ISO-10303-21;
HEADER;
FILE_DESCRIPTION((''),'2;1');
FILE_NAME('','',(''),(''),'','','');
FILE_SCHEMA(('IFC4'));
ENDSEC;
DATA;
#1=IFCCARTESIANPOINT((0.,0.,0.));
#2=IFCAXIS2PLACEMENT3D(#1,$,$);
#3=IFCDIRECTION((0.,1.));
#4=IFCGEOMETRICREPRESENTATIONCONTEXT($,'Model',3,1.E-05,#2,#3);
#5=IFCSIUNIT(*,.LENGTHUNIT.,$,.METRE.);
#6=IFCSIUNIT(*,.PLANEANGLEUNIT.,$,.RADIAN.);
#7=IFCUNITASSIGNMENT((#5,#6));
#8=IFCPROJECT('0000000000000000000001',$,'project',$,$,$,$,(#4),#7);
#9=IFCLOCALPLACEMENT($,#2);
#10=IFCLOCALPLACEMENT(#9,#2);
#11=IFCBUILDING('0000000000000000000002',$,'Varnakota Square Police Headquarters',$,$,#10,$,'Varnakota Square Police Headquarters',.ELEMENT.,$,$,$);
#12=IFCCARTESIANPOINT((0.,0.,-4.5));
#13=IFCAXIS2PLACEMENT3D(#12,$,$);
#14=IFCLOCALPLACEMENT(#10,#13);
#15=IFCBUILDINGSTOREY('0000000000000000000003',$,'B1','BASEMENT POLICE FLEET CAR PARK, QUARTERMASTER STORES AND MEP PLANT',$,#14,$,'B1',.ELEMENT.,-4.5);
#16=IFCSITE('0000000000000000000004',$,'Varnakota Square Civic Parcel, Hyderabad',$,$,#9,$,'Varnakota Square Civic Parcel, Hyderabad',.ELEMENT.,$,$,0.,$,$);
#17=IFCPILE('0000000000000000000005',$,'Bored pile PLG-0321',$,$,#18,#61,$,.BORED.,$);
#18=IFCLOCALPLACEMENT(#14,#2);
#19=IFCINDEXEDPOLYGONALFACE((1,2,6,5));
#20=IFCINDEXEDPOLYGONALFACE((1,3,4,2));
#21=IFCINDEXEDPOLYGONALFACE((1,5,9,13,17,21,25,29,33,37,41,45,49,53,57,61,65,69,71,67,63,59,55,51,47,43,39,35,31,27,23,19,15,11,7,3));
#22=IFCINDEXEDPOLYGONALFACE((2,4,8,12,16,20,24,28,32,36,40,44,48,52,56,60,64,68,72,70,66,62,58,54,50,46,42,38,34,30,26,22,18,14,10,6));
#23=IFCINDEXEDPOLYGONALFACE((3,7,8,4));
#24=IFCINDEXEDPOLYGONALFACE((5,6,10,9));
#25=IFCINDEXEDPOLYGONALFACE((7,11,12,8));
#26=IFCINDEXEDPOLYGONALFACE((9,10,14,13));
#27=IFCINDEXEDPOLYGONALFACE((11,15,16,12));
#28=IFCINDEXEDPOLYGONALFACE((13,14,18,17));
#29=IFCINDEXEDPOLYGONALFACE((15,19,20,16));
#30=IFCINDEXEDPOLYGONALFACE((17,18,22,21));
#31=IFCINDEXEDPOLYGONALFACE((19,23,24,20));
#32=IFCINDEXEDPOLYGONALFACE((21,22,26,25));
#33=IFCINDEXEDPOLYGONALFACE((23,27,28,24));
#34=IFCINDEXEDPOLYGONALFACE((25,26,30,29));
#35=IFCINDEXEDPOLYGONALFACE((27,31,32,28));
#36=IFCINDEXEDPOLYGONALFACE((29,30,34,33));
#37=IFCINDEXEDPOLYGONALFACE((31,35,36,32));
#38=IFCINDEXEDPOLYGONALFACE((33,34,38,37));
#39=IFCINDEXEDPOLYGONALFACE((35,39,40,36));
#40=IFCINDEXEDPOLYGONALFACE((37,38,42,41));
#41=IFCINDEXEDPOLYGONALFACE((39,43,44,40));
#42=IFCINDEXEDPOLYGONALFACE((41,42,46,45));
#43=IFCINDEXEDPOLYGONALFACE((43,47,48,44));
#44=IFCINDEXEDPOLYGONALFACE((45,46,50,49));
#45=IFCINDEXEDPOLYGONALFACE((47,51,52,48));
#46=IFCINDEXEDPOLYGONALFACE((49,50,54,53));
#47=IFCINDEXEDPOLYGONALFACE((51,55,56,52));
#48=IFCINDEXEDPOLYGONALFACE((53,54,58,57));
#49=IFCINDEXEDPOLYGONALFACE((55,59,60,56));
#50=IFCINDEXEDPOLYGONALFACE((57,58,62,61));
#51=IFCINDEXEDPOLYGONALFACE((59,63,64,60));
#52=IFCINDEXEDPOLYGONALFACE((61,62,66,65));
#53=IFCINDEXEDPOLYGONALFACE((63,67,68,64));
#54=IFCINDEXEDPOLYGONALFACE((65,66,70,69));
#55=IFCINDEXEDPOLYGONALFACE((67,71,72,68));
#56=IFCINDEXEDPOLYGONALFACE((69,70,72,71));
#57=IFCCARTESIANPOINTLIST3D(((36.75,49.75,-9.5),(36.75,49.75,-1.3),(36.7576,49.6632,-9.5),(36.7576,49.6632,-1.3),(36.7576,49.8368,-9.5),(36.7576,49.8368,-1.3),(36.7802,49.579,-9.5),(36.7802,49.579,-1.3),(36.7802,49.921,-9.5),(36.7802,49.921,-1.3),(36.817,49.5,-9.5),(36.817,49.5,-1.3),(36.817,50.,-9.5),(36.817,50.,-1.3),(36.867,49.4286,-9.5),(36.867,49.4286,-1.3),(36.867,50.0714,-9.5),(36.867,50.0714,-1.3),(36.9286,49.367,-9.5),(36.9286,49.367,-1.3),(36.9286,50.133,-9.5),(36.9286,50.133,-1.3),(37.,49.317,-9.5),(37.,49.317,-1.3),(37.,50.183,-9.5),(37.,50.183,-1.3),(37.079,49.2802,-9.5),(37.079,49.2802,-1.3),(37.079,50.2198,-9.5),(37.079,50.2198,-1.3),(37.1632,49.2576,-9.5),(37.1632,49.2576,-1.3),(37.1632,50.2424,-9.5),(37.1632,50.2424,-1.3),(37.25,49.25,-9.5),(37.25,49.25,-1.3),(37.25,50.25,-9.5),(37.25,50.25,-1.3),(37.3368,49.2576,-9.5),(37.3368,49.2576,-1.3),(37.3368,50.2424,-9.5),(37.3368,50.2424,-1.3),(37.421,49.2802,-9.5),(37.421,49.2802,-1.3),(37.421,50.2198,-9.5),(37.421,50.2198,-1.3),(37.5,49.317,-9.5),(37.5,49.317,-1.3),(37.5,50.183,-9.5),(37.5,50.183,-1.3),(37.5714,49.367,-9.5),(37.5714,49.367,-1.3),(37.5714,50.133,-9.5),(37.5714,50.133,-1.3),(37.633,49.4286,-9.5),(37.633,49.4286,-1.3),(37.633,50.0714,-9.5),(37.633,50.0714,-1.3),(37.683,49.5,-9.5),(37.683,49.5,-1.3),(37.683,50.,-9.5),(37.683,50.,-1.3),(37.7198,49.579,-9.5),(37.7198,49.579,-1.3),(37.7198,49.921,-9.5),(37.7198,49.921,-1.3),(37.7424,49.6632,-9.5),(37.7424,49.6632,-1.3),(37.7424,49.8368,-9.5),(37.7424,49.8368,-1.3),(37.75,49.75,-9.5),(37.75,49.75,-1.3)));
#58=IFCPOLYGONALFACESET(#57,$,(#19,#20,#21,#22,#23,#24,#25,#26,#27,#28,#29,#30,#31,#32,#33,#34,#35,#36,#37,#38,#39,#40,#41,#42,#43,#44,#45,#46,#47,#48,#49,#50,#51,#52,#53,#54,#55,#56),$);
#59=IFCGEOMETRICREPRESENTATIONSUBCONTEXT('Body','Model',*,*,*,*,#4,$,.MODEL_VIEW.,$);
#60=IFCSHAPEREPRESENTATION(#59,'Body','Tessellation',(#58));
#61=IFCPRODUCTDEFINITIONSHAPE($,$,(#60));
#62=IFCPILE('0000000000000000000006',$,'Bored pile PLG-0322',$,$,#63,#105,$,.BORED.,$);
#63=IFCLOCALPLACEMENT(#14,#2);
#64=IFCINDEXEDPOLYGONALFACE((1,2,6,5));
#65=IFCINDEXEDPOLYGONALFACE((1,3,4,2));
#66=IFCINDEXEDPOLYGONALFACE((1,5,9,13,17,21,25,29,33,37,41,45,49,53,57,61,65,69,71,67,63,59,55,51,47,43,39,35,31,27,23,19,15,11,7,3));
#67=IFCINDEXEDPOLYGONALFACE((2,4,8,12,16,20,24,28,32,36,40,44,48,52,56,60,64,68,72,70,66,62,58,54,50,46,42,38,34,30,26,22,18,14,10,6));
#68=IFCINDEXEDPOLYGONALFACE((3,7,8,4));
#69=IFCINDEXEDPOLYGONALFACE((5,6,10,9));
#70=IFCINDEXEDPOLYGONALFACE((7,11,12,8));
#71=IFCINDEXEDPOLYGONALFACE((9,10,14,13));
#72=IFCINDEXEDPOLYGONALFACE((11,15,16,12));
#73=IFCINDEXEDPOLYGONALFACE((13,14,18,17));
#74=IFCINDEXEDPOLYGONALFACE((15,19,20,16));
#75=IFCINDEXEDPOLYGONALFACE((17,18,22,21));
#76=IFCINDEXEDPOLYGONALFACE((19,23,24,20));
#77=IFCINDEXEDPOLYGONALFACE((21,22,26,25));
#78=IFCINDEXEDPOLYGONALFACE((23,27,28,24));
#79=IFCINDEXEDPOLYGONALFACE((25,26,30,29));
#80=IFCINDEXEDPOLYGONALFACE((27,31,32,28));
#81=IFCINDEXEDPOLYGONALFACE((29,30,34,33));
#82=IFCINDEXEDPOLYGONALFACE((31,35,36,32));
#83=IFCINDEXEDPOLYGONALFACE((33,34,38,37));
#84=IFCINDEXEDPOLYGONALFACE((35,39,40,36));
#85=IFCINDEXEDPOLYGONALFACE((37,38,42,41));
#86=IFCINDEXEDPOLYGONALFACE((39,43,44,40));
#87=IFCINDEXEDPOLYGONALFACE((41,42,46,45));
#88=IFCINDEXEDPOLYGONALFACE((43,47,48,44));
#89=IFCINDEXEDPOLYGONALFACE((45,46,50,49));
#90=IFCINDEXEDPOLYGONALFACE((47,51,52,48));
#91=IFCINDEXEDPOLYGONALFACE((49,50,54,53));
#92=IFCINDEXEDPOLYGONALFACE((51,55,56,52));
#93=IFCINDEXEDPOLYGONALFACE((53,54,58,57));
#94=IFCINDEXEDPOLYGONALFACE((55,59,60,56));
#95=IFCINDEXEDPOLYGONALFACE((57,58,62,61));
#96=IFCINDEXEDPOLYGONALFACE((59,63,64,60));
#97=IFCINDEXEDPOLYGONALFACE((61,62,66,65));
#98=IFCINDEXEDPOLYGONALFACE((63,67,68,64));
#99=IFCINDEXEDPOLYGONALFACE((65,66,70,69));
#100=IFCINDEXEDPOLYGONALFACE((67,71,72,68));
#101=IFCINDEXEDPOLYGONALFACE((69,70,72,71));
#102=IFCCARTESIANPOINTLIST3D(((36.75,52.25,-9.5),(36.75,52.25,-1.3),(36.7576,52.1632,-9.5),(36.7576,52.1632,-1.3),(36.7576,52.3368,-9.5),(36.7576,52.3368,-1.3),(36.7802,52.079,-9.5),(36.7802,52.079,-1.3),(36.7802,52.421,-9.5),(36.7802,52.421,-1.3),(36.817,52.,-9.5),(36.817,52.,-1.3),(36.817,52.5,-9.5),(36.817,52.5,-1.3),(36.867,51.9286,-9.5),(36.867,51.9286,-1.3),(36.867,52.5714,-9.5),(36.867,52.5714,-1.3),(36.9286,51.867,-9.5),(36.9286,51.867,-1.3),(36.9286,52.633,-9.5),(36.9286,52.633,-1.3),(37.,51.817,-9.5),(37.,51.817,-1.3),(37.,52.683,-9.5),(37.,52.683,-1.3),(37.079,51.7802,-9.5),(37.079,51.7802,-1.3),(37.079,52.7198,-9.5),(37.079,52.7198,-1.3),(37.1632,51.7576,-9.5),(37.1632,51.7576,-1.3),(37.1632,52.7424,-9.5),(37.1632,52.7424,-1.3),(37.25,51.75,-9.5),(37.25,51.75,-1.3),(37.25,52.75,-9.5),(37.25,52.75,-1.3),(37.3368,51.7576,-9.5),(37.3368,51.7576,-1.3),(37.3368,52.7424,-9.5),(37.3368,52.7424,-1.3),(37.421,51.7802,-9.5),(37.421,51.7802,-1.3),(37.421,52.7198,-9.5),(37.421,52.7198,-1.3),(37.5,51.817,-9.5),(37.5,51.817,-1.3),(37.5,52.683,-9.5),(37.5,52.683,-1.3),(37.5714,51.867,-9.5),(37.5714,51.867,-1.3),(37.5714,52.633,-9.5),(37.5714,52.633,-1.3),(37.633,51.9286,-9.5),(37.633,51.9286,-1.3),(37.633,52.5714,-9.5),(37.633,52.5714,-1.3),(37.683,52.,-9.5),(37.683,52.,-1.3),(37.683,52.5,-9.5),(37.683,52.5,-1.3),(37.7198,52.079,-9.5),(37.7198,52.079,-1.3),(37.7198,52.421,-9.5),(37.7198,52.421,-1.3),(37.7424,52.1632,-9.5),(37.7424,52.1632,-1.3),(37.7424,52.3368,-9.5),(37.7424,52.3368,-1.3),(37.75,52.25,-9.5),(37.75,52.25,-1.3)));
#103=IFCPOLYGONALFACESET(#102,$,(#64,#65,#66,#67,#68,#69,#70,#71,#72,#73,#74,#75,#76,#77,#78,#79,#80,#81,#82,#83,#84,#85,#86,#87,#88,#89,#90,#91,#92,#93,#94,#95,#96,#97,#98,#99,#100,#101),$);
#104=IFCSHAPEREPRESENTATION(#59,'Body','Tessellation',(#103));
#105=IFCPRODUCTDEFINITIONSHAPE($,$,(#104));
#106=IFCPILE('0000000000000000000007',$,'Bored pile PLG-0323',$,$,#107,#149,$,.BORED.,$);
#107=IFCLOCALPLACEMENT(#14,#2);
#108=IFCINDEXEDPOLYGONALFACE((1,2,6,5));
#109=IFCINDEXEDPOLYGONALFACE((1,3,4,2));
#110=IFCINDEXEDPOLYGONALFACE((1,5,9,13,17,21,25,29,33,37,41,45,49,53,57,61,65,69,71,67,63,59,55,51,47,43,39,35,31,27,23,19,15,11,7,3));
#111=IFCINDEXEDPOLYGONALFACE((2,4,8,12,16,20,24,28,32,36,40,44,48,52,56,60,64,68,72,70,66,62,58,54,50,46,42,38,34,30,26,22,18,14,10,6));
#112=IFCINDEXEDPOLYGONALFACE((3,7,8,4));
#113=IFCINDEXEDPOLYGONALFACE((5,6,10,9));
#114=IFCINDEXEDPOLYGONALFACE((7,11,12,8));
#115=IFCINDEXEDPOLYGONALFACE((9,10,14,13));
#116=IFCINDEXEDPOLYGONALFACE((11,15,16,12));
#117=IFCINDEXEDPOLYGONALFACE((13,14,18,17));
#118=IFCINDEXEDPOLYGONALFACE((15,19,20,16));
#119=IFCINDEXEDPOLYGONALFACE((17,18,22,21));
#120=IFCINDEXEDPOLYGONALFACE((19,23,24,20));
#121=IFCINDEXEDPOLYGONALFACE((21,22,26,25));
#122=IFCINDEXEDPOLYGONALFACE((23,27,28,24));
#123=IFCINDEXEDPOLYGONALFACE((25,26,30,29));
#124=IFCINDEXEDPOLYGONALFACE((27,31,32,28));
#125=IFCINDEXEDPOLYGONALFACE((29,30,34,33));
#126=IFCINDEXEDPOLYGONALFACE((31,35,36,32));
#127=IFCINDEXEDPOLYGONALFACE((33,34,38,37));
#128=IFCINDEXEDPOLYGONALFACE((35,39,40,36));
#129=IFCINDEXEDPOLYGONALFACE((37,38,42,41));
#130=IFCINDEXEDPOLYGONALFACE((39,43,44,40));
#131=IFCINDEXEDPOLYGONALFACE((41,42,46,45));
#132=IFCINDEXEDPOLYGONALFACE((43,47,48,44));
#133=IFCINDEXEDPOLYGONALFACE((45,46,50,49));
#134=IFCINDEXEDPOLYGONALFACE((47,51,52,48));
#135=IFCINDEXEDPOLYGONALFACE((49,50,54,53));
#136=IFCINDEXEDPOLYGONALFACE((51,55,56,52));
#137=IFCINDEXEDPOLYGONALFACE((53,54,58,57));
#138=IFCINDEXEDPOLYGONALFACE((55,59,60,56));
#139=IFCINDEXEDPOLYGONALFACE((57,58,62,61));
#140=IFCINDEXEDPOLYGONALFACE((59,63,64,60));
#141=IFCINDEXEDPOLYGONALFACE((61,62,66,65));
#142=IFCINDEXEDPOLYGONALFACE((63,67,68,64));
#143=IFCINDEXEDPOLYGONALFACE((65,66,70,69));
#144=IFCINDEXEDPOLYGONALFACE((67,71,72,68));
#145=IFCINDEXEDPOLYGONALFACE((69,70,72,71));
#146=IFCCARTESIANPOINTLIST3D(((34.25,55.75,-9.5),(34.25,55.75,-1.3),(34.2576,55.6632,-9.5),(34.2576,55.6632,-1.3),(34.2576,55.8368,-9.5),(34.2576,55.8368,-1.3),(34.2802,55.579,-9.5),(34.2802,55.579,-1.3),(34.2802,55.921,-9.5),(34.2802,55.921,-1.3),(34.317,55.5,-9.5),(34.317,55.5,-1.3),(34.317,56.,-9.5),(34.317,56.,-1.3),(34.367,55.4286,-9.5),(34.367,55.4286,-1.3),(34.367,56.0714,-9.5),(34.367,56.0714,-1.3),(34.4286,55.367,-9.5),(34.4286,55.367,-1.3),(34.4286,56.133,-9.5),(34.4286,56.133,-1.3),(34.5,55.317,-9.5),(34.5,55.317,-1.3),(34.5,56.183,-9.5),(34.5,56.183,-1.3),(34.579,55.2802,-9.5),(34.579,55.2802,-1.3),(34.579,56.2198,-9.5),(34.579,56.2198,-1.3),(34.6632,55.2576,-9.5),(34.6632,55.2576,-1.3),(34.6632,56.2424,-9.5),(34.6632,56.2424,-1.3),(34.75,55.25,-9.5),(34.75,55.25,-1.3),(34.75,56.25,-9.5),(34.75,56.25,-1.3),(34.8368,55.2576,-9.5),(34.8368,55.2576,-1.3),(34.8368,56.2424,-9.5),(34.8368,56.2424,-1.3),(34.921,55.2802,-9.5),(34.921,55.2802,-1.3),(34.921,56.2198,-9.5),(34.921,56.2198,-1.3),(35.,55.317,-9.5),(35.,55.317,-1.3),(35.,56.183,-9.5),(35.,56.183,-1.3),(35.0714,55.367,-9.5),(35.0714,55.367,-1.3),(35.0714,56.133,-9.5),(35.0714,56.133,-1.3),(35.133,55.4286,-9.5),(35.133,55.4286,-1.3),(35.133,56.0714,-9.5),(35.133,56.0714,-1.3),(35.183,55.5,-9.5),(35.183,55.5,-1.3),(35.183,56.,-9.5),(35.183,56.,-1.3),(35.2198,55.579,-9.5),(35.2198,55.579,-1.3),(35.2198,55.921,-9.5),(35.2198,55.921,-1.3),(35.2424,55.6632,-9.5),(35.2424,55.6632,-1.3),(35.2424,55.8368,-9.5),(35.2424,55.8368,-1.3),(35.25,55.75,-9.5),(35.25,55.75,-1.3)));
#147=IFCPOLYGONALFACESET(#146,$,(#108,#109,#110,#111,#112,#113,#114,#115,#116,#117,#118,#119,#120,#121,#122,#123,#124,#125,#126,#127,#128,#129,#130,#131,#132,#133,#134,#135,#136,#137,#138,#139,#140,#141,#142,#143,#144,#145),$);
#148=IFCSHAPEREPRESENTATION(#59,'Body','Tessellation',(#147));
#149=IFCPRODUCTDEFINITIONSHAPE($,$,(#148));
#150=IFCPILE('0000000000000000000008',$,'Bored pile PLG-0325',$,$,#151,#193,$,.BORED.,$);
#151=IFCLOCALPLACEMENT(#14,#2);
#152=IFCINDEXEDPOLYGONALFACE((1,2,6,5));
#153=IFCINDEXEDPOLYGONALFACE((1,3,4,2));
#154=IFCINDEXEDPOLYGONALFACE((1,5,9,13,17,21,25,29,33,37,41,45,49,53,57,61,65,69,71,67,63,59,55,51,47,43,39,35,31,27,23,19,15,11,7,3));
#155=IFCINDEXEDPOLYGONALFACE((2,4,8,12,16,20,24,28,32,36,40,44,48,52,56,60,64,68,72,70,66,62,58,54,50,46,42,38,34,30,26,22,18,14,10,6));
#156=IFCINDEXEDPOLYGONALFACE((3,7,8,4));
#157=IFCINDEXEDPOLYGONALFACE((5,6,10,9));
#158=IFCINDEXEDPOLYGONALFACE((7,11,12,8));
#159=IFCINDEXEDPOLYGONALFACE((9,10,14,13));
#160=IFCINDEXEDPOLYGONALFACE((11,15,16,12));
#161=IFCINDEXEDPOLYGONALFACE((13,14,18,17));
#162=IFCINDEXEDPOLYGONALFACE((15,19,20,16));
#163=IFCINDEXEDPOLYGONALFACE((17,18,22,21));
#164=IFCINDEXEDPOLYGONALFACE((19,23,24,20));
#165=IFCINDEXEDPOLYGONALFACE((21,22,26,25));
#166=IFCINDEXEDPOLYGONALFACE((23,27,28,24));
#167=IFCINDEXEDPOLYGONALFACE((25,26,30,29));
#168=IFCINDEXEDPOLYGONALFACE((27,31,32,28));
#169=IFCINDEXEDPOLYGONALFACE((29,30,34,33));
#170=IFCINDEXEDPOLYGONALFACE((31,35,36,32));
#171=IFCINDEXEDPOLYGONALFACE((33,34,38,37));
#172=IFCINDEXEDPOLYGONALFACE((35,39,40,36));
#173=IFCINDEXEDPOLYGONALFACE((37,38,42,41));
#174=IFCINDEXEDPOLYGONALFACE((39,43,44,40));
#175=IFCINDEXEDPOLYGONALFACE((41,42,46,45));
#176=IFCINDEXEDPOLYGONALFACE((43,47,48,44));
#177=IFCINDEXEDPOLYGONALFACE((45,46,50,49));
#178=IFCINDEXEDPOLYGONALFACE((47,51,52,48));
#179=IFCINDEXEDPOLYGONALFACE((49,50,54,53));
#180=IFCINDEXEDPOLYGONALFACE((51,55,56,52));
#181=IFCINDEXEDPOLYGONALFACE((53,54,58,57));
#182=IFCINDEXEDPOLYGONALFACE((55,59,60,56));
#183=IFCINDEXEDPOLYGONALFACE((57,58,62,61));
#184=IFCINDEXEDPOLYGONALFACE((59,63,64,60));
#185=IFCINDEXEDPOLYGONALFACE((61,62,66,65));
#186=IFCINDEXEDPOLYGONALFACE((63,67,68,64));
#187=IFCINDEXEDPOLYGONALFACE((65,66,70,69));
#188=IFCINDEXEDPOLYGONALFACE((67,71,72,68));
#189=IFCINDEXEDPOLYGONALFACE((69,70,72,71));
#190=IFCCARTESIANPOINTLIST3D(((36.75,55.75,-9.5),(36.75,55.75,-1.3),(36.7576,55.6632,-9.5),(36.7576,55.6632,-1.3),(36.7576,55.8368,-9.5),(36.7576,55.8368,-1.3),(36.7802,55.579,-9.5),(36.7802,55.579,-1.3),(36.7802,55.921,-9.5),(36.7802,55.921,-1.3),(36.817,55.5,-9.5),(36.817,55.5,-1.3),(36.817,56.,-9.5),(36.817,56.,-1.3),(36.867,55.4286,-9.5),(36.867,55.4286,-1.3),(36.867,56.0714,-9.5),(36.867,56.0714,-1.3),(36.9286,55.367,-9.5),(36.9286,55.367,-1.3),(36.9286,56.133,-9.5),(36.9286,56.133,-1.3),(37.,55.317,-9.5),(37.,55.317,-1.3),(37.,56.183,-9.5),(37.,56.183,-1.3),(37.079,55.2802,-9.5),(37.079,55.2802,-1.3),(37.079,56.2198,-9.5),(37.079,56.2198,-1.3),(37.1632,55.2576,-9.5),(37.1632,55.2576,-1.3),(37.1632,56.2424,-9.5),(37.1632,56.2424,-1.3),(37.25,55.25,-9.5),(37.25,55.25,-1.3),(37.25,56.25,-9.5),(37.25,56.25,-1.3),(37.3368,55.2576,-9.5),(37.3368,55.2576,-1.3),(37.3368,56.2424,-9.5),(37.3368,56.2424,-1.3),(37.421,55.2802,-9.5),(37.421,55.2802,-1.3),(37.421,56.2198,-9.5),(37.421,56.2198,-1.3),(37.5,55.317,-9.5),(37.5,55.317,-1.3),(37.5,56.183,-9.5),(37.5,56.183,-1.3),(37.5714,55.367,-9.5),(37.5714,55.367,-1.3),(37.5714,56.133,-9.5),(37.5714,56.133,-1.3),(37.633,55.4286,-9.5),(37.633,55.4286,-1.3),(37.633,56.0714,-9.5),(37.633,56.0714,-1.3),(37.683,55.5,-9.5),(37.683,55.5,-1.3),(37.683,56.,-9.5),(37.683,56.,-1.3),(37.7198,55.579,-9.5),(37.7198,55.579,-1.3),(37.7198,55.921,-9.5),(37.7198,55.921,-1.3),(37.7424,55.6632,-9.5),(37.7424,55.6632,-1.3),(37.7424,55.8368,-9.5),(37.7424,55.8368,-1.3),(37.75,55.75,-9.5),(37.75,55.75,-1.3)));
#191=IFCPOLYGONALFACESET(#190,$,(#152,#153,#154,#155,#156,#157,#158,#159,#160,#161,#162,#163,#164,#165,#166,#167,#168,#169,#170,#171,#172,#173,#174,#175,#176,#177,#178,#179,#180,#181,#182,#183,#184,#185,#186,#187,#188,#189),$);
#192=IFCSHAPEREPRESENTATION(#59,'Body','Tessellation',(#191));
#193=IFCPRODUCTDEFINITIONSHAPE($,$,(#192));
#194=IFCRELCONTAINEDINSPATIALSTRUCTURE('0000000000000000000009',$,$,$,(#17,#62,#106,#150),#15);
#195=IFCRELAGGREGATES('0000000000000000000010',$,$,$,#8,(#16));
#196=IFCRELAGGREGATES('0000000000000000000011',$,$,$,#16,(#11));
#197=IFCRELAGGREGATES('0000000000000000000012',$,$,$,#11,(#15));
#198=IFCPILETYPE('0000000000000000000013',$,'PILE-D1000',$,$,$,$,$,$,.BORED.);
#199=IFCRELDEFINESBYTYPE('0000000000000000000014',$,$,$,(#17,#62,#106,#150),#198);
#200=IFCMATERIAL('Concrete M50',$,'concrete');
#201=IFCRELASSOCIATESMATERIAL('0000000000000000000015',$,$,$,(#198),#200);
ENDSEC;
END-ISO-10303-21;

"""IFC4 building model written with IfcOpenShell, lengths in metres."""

from ifc_helpers import new_model, si_unit, direction, frame, origin, origin_2d, place, context, subcontext, project, spatial, circle, extrude, material, material_profile, profile_set, type_object, element, save


model = new_model("IFC4")

# Units and contexts
model_context = context("Model", 3, precision=1e-05, world=origin(), true_north=direction((0.0, 1.0)))
body_context = subcontext(model_context, "Body", "Model", "MODEL_VIEW")
ifc_project = project(units=[si_unit("LENGTHUNIT", "METRE"), si_unit("PLANEANGLEUNIT", "RADIAN")], contexts=[model_context])

# Site, building, storey
site_placement = place(None, origin())
site = spatial("IfcSite", under=ifc_project, at=site_placement, Name="Varnakota Square Civic Parcel, Hyderabad", LongName="Varnakota Square Civic Parcel, Hyderabad", CompositionType="ELEMENT", RefElevation=0.0)
building_placement = place(site_placement, origin())
building = spatial("IfcBuilding", under=site, at=building_placement, Name="Varnakota Square Police Headquarters", LongName="Varnakota Square Police Headquarters", CompositionType="ELEMENT")
storey_placement = place(building_placement, frame((0.0, 0.0, -4.5)))
storey = spatial("IfcBuildingStorey", under=building, at=storey_placement, Name="B1", Description="BASEMENT POLICE FLEET CAR PARK, QUARTERMASTER STORES AND MEP PLANT", LongName="B1", CompositionType="ELEMENT", Elevation=-4.5)

# Shared definitions
ifc_material_1 = material(Name="Concrete M50", Category="concrete")

# Piles
ifc_material_profile_1 = material_profile(ifc_material_1, circle(Radius=0.5, at=origin_2d()), Name="BORED PILE 1000")
ifc_profile_set_1 = profile_set([ifc_material_profile_1], Name="Concrete M50")
pile_type = type_object("IfcPileType", Name="PILE-D1000", PredefinedType="BORED", material=ifc_profile_set_1)
for number, where, z_axis, x_axis, name in (
    (1, (37.25, 49.75, -1.3), (0.0, 0.0, -1.0), (1.0, 0.0, 0.0), "Bored pile PLG-0321"),
    (2, (37.25, 52.25, -1.3), (0.0, 0.0, -1.0), (1.0, 0.0, 0.0), "Bored pile PLG-0322"),
    (3, (34.75, 55.75, -1.3), (0.0, 0.0, -1.0), (1.0, 0.0, 0.0), "Bored pile PLG-0323"),
    (4, (37.25, 55.75, -1.3), (0.0, 0.0, -1.0), (1.0, 0.0, 0.0), "Bored pile PLG-0325"),
):
    element("IfcPile", number, at=place(storey_placement, frame(where, z_axis=z_axis, x_axis=x_axis)), inside=storey, type_object=pile_type, Name=name, PredefinedType="BORED", context=body_context, shape_type="SweptSolid", body=[
        extrude(circle(Radius=0.5, at=origin_2d()), origin(), (0.0, 0.0, 1.0), 8.2),
    ])

save(model, "model.ifc")
